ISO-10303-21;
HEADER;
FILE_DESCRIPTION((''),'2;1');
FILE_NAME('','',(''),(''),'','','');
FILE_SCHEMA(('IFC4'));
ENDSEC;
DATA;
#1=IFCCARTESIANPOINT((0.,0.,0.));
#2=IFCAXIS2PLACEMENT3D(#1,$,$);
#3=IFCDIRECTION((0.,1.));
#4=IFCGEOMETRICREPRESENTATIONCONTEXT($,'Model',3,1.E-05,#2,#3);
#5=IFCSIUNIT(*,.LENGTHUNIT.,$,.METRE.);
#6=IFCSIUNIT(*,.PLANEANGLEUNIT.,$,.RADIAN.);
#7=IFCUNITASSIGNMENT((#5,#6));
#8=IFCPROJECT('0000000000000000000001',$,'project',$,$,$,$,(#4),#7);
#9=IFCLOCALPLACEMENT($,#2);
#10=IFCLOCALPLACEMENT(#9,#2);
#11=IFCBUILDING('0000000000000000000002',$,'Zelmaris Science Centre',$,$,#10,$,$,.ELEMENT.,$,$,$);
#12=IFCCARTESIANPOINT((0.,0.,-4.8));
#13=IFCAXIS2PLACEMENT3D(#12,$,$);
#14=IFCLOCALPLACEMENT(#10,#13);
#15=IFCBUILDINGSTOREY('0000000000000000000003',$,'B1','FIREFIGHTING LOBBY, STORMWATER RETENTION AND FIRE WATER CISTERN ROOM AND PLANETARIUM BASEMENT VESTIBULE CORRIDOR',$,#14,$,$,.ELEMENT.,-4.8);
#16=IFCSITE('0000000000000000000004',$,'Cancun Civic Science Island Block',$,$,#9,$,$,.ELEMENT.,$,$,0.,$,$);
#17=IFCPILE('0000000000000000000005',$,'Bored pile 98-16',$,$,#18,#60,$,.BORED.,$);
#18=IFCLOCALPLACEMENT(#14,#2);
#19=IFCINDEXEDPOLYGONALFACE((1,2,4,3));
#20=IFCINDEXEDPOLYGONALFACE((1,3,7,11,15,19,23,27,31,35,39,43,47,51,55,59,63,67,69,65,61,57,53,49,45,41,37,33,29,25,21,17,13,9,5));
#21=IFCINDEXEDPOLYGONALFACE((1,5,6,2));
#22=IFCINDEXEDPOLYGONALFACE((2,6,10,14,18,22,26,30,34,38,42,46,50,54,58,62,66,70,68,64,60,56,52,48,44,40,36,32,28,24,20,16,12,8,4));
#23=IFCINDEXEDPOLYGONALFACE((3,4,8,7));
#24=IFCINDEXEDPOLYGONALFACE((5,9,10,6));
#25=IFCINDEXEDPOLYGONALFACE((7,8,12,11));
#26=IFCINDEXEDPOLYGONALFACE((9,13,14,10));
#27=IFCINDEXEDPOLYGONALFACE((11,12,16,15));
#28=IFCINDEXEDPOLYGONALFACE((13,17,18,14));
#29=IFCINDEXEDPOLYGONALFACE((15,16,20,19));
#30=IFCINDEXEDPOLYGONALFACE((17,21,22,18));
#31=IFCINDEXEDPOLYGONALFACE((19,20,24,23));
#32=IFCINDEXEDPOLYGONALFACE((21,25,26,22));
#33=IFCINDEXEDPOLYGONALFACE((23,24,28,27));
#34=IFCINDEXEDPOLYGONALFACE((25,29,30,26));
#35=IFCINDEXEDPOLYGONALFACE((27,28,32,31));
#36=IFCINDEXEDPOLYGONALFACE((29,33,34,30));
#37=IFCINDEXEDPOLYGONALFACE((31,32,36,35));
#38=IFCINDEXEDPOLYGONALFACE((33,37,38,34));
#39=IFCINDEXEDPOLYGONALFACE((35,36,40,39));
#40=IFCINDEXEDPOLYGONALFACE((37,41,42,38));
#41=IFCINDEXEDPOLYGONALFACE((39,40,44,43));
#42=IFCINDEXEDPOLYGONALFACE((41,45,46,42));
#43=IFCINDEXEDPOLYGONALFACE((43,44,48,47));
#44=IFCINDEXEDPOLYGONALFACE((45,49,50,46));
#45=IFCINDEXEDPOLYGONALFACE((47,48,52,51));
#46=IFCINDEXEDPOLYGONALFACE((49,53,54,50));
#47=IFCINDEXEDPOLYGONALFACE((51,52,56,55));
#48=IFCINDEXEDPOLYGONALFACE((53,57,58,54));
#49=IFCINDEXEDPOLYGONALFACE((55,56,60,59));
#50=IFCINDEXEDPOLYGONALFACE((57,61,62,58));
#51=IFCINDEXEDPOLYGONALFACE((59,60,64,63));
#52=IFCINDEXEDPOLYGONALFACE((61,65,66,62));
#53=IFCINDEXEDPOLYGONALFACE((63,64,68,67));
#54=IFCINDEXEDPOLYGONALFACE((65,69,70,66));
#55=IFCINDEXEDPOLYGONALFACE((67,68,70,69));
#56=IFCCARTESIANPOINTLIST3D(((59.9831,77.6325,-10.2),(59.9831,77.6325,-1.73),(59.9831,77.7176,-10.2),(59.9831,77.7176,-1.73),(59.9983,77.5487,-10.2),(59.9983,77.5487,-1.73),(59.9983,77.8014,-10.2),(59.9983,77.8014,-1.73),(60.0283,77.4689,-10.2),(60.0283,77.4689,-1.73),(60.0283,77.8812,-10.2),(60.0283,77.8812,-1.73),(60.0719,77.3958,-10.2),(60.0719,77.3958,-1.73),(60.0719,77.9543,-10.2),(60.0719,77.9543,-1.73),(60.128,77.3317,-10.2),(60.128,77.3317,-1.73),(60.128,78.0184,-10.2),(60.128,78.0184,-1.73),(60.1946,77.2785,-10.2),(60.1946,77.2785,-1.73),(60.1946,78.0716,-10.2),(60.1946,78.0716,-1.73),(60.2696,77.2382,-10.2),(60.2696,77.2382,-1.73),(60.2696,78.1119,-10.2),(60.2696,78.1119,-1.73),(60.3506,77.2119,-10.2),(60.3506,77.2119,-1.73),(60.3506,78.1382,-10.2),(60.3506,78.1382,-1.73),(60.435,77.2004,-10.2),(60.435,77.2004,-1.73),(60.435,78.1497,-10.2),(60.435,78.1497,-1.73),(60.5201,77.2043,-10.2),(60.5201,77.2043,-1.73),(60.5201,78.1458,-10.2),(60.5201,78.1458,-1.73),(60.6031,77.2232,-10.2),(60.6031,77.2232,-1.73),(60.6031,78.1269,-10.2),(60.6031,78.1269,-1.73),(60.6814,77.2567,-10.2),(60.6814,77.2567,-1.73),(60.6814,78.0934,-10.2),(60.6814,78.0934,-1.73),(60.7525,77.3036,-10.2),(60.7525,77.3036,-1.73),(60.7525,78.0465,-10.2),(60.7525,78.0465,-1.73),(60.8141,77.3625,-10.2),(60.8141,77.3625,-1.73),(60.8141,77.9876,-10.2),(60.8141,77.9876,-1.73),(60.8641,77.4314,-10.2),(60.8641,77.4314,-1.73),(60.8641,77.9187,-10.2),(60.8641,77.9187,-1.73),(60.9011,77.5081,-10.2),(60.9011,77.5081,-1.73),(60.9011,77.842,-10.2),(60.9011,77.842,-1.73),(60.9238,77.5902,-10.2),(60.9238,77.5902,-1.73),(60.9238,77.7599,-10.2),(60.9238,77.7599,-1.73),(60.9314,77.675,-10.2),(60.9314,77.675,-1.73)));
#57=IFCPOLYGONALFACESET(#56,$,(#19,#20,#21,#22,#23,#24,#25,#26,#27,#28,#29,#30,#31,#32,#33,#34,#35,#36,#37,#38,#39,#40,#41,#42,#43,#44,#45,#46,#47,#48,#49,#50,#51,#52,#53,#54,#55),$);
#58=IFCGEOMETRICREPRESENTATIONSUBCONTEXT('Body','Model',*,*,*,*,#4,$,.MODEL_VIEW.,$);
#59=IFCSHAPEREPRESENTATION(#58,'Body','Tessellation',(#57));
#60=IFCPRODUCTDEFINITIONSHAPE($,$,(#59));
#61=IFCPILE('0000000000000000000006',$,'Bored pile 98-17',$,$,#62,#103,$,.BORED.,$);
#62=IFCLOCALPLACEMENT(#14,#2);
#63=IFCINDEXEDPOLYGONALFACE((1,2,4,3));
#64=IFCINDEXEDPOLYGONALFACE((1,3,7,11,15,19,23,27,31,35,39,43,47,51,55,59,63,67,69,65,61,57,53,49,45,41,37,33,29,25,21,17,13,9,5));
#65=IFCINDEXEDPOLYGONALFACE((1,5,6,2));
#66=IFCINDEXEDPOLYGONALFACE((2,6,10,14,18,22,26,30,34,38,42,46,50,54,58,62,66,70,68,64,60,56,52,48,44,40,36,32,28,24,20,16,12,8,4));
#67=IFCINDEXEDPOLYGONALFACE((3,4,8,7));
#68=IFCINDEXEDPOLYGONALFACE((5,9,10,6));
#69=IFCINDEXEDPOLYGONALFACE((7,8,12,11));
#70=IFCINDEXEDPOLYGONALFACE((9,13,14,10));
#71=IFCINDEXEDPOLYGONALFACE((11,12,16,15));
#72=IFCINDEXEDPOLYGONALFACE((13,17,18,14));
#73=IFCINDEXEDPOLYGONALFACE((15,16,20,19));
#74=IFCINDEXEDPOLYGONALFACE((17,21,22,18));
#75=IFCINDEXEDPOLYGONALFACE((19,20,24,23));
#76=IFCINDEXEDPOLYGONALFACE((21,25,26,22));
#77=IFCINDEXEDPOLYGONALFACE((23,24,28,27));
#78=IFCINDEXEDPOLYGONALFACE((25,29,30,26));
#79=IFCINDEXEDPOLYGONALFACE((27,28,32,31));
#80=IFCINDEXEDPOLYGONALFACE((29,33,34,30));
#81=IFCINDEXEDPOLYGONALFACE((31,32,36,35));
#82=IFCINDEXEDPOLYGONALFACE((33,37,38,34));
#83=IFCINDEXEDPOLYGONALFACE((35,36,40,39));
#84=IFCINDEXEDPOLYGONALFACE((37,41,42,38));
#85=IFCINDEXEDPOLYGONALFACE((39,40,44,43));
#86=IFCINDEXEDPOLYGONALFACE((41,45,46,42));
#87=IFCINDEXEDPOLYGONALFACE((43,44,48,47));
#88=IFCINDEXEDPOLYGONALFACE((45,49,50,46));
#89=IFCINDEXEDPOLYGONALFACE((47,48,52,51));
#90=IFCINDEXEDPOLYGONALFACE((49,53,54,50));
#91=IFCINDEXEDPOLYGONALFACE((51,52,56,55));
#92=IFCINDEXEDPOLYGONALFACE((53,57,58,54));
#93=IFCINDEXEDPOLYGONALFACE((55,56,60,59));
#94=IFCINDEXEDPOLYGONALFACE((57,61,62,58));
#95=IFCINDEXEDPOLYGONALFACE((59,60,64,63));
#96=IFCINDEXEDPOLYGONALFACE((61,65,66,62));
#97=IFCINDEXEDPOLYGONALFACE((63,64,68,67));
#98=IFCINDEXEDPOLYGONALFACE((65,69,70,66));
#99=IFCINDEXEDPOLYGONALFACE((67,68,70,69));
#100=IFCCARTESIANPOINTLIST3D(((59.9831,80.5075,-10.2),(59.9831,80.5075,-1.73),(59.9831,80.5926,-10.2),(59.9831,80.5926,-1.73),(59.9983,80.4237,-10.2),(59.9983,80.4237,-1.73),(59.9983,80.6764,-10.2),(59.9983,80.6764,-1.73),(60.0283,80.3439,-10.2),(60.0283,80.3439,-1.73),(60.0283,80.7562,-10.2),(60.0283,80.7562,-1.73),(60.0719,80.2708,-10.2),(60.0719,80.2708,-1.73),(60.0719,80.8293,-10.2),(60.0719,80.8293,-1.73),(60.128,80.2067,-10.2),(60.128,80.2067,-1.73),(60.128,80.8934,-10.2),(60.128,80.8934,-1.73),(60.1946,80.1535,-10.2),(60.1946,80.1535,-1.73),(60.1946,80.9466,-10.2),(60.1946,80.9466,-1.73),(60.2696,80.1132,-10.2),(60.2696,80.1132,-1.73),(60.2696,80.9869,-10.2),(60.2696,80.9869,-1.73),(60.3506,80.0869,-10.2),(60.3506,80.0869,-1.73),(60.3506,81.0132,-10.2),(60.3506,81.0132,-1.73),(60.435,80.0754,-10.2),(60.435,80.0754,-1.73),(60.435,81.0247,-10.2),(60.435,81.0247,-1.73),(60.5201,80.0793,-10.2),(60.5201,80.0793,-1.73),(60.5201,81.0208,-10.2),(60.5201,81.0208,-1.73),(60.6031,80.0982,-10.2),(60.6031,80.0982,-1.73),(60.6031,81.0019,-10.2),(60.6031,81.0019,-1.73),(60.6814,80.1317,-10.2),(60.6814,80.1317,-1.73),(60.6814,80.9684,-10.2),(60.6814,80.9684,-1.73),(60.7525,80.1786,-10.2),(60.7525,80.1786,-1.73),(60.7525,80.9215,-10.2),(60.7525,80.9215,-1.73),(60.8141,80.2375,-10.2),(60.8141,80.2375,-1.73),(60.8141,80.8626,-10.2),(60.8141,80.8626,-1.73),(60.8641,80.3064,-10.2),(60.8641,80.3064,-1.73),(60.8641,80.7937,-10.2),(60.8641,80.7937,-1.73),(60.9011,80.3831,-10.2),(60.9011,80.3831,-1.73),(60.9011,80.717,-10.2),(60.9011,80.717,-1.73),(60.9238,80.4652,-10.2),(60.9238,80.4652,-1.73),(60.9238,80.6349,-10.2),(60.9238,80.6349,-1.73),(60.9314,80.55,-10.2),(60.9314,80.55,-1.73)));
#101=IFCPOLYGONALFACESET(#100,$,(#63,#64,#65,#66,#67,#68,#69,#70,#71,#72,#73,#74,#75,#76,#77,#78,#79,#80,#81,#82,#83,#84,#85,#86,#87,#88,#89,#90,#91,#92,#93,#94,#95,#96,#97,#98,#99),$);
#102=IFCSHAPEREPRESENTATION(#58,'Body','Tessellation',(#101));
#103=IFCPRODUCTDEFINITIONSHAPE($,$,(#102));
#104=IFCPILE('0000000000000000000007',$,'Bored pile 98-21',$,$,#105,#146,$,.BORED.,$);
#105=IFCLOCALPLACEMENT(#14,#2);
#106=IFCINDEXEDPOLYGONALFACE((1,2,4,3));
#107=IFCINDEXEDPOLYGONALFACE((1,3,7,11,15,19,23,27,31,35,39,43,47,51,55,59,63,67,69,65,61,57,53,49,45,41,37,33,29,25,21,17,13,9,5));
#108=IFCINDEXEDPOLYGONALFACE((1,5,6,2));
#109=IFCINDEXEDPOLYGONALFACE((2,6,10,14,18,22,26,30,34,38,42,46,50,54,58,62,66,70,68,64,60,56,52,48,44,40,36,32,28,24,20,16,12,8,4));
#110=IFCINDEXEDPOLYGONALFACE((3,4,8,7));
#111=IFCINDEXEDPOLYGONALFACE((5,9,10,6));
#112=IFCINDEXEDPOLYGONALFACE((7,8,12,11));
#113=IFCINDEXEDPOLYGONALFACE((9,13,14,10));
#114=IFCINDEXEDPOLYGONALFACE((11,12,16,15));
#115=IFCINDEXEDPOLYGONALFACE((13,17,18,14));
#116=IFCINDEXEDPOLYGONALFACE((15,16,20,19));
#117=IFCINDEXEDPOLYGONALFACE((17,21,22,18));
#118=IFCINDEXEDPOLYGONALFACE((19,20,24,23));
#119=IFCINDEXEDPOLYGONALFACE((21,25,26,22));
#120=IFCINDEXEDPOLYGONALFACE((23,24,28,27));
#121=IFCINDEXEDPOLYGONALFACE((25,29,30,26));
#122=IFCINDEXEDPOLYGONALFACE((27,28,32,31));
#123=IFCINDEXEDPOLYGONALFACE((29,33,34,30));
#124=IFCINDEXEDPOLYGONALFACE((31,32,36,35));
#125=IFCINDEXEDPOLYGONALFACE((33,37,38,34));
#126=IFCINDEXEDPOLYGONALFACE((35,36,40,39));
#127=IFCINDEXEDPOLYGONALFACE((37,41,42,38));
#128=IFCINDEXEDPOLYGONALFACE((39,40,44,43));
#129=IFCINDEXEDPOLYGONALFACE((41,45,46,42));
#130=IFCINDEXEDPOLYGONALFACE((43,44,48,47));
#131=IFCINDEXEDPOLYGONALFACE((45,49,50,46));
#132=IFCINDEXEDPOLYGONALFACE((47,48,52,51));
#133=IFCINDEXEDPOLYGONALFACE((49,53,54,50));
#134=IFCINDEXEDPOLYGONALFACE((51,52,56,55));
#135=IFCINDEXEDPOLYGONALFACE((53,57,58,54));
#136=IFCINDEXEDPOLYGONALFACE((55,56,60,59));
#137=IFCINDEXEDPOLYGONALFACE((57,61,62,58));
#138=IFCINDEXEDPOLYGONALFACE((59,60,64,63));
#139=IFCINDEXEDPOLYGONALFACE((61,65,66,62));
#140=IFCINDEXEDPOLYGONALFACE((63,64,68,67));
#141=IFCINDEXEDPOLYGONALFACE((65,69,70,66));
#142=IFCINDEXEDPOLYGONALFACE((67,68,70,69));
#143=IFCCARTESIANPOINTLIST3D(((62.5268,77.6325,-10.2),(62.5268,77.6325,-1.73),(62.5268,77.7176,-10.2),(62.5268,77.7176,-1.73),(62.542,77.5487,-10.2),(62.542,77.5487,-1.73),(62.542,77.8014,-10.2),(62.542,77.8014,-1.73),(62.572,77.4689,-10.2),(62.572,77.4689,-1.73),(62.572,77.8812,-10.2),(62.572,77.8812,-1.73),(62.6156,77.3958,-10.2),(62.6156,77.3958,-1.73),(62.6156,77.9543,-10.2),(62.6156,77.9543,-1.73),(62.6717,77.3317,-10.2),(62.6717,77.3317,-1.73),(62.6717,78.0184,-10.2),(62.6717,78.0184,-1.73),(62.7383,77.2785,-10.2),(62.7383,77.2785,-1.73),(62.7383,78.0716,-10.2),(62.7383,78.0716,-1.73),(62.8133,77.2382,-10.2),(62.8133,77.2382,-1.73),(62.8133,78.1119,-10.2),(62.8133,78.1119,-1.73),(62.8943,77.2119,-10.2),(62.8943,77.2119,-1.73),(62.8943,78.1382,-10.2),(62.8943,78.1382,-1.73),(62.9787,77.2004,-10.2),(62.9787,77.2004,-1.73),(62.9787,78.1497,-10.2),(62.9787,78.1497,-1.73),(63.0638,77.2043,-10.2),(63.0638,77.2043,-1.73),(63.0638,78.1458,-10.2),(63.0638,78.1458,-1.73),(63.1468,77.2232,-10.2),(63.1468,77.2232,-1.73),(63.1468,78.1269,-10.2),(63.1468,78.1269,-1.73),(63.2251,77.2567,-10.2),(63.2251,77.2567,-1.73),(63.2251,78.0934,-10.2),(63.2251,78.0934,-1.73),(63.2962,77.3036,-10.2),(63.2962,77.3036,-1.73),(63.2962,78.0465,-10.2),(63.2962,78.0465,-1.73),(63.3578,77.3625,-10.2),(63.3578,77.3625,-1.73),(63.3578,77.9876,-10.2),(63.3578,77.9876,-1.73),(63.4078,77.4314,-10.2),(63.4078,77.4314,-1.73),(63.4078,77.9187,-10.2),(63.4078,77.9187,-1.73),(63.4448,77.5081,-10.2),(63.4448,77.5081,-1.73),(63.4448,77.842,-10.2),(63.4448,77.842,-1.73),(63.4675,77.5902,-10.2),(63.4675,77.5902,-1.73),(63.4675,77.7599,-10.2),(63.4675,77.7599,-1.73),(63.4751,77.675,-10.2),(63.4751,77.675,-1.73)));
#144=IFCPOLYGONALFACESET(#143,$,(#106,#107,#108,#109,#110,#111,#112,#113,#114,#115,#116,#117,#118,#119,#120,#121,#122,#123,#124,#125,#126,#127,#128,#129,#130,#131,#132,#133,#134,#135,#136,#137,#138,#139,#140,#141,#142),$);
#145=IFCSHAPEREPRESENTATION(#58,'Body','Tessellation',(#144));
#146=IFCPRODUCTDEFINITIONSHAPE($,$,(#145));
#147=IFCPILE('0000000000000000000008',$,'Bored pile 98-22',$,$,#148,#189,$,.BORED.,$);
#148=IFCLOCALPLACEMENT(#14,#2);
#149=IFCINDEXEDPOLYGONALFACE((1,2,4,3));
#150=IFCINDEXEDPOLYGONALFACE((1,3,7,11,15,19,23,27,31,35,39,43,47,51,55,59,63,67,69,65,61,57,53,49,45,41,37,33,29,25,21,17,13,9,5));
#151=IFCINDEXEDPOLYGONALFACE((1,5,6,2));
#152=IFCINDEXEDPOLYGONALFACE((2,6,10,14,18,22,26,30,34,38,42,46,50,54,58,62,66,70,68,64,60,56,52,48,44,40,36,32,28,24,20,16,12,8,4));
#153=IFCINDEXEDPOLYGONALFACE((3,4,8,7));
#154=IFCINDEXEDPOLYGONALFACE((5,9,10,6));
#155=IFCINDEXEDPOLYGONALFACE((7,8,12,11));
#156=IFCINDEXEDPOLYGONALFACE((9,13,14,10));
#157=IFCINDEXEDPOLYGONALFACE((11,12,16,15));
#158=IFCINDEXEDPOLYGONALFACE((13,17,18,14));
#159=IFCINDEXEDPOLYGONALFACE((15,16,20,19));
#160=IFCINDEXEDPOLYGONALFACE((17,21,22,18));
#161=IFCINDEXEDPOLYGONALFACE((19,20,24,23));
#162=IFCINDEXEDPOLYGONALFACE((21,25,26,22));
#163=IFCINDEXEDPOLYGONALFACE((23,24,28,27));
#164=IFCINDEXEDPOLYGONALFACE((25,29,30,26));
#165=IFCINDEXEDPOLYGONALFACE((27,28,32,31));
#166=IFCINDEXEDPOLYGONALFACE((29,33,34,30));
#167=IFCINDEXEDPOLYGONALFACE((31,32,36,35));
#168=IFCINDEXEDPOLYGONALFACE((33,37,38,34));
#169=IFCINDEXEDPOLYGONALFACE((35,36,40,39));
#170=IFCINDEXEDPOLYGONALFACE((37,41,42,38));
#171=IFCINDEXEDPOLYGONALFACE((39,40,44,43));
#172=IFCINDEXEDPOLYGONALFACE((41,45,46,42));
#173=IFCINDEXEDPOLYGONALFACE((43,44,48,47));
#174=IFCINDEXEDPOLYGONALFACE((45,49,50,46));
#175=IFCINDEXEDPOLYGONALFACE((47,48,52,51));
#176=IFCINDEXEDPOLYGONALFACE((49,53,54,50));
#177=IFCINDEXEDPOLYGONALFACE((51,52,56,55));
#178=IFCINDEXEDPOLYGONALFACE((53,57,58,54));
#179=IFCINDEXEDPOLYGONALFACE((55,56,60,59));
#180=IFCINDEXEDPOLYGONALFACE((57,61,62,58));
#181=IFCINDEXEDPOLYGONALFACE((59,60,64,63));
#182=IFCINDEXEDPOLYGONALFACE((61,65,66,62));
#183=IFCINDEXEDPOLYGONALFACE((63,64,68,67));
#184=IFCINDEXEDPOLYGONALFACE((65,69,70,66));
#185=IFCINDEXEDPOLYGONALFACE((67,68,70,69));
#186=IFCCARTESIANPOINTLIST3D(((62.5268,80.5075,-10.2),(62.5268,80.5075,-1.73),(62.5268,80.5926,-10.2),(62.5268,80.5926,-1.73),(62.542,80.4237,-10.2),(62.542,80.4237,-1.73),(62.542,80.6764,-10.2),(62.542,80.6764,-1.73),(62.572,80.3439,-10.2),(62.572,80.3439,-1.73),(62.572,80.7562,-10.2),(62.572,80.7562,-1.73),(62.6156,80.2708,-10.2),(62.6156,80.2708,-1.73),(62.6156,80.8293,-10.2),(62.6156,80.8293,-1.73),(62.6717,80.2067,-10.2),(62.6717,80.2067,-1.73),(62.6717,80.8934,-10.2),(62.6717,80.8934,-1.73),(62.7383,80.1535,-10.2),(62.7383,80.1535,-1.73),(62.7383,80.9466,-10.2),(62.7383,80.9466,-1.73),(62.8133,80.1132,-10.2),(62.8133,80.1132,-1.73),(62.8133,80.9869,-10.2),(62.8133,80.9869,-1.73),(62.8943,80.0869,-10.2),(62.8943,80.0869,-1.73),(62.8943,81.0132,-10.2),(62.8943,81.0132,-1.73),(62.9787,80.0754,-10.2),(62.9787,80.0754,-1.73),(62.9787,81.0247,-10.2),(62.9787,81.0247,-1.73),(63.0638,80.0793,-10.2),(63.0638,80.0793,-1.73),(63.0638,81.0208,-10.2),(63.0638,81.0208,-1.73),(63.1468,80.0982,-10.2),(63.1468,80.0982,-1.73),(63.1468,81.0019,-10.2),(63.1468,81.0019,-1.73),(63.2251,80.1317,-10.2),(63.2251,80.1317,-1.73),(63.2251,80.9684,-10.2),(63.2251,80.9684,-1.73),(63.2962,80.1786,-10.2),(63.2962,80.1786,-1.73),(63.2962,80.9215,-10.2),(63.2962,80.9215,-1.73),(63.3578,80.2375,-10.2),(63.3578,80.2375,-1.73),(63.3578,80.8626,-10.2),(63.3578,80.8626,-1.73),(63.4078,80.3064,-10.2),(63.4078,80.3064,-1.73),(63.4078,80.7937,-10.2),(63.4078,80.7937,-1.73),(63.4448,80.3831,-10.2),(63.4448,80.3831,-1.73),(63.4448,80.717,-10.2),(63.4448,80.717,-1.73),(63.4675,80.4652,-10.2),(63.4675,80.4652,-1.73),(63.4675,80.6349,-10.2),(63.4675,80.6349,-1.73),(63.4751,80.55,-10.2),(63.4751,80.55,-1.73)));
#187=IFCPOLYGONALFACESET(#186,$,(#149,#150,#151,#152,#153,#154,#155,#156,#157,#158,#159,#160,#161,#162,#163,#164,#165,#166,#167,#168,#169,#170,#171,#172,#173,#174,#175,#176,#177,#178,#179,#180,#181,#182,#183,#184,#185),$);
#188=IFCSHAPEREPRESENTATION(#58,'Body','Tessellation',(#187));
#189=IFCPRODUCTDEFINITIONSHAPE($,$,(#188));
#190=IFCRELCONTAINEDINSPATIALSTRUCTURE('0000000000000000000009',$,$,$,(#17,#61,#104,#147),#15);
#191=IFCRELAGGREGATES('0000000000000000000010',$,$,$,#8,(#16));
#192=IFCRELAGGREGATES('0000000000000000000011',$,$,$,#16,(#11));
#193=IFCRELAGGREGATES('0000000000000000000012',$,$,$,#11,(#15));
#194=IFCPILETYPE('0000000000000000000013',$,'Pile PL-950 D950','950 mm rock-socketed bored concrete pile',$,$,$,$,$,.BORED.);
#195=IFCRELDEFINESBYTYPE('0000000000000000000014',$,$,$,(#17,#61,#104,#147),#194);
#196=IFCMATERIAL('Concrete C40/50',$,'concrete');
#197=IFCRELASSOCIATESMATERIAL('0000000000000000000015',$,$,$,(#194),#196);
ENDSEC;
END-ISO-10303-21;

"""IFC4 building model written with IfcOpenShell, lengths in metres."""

from ifc_helpers import new_model, si_unit, direction, frame, origin, origin_2d, place, context, subcontext, project, spatial, circle, extrude, material, material_profile, profile_set, type_object, element, save


model = new_model("IFC4")

# Units and contexts
model_context = context("Model", 3, precision=1e-05, world=origin(), true_north=direction((0.0, 1.0)))
body_context = subcontext(model_context, "Body", "Model", "MODEL_VIEW")
ifc_project = project(units=[si_unit("LENGTHUNIT", "METRE"), si_unit("PLANEANGLEUNIT", "RADIAN")], contexts=[model_context])

# Site, building, storey
site_placement = place(None, origin())
site = spatial("IfcSite", under=ifc_project, at=site_placement, Name="Cancun Civic Science Island Block", CompositionType="ELEMENT", RefElevation=0.0)
building_placement = place(site_placement, origin())
building = spatial("IfcBuilding", under=site, at=building_placement, Name="Zelmaris Science Centre", CompositionType="ELEMENT")
storey_placement = place(building_placement, frame((0.0, 0.0, -4.8)))
storey = spatial("IfcBuildingStorey", under=building, at=storey_placement, Name="B1", Description="FIREFIGHTING LOBBY, STORMWATER RETENTION AND FIRE WATER CISTERN ROOM AND PLANETARIUM BASEMENT VESTIBULE CORRIDOR", CompositionType="ELEMENT", Elevation=-4.8)

# Piles
ifc_material_1 = material(Name="Concrete C40/50", Category="concrete")
ifc_material_profile_1 = material_profile(ifc_material_1, circle(Radius=0.4751, at=origin_2d()), Name="PILE-950")
ifc_profile_set_1 = profile_set([ifc_material_profile_1], Name="Concrete C40/50")
pile_type = type_object("IfcPileType", Name="Pile PL-950 D950", Description="950 mm rock-socketed bored concrete pile", PredefinedType="BORED", material=ifc_profile_set_1)
for number, where, z_axis, x_axis, name in (
    (1, (60.4563, 77.675, -1.73), (0.0, 0.0, -1.0), (1.0, 0.0, 0.0), "Bored pile 98-16"),
    (2, (60.4563, 80.55, -1.73), (0.0, 0.0, -1.0), (1.0, 0.0, 0.0), "Bored pile 98-17"),
    (3, (63.0, 77.675, -1.73), (0.0, 0.0, -1.0), (1.0, 0.0, 0.0), "Bored pile 98-21"),
    (4, (63.0, 80.55, -1.73), (0.0, 0.0, -1.0), (1.0, 0.0, 0.0), "Bored pile 98-22"),
):
    element("IfcPile", number, at=place(storey_placement, frame(where, z_axis=z_axis, x_axis=x_axis)), inside=storey, type_object=pile_type, Name=name, PredefinedType="BORED", context=body_context, shape_type="SweptSolid", body=[
        extrude(circle(Radius=0.4751, at=origin_2d()), origin(), (0.0, 0.0, 1.0), 8.47),
    ])

save(model, "model.ifc")
